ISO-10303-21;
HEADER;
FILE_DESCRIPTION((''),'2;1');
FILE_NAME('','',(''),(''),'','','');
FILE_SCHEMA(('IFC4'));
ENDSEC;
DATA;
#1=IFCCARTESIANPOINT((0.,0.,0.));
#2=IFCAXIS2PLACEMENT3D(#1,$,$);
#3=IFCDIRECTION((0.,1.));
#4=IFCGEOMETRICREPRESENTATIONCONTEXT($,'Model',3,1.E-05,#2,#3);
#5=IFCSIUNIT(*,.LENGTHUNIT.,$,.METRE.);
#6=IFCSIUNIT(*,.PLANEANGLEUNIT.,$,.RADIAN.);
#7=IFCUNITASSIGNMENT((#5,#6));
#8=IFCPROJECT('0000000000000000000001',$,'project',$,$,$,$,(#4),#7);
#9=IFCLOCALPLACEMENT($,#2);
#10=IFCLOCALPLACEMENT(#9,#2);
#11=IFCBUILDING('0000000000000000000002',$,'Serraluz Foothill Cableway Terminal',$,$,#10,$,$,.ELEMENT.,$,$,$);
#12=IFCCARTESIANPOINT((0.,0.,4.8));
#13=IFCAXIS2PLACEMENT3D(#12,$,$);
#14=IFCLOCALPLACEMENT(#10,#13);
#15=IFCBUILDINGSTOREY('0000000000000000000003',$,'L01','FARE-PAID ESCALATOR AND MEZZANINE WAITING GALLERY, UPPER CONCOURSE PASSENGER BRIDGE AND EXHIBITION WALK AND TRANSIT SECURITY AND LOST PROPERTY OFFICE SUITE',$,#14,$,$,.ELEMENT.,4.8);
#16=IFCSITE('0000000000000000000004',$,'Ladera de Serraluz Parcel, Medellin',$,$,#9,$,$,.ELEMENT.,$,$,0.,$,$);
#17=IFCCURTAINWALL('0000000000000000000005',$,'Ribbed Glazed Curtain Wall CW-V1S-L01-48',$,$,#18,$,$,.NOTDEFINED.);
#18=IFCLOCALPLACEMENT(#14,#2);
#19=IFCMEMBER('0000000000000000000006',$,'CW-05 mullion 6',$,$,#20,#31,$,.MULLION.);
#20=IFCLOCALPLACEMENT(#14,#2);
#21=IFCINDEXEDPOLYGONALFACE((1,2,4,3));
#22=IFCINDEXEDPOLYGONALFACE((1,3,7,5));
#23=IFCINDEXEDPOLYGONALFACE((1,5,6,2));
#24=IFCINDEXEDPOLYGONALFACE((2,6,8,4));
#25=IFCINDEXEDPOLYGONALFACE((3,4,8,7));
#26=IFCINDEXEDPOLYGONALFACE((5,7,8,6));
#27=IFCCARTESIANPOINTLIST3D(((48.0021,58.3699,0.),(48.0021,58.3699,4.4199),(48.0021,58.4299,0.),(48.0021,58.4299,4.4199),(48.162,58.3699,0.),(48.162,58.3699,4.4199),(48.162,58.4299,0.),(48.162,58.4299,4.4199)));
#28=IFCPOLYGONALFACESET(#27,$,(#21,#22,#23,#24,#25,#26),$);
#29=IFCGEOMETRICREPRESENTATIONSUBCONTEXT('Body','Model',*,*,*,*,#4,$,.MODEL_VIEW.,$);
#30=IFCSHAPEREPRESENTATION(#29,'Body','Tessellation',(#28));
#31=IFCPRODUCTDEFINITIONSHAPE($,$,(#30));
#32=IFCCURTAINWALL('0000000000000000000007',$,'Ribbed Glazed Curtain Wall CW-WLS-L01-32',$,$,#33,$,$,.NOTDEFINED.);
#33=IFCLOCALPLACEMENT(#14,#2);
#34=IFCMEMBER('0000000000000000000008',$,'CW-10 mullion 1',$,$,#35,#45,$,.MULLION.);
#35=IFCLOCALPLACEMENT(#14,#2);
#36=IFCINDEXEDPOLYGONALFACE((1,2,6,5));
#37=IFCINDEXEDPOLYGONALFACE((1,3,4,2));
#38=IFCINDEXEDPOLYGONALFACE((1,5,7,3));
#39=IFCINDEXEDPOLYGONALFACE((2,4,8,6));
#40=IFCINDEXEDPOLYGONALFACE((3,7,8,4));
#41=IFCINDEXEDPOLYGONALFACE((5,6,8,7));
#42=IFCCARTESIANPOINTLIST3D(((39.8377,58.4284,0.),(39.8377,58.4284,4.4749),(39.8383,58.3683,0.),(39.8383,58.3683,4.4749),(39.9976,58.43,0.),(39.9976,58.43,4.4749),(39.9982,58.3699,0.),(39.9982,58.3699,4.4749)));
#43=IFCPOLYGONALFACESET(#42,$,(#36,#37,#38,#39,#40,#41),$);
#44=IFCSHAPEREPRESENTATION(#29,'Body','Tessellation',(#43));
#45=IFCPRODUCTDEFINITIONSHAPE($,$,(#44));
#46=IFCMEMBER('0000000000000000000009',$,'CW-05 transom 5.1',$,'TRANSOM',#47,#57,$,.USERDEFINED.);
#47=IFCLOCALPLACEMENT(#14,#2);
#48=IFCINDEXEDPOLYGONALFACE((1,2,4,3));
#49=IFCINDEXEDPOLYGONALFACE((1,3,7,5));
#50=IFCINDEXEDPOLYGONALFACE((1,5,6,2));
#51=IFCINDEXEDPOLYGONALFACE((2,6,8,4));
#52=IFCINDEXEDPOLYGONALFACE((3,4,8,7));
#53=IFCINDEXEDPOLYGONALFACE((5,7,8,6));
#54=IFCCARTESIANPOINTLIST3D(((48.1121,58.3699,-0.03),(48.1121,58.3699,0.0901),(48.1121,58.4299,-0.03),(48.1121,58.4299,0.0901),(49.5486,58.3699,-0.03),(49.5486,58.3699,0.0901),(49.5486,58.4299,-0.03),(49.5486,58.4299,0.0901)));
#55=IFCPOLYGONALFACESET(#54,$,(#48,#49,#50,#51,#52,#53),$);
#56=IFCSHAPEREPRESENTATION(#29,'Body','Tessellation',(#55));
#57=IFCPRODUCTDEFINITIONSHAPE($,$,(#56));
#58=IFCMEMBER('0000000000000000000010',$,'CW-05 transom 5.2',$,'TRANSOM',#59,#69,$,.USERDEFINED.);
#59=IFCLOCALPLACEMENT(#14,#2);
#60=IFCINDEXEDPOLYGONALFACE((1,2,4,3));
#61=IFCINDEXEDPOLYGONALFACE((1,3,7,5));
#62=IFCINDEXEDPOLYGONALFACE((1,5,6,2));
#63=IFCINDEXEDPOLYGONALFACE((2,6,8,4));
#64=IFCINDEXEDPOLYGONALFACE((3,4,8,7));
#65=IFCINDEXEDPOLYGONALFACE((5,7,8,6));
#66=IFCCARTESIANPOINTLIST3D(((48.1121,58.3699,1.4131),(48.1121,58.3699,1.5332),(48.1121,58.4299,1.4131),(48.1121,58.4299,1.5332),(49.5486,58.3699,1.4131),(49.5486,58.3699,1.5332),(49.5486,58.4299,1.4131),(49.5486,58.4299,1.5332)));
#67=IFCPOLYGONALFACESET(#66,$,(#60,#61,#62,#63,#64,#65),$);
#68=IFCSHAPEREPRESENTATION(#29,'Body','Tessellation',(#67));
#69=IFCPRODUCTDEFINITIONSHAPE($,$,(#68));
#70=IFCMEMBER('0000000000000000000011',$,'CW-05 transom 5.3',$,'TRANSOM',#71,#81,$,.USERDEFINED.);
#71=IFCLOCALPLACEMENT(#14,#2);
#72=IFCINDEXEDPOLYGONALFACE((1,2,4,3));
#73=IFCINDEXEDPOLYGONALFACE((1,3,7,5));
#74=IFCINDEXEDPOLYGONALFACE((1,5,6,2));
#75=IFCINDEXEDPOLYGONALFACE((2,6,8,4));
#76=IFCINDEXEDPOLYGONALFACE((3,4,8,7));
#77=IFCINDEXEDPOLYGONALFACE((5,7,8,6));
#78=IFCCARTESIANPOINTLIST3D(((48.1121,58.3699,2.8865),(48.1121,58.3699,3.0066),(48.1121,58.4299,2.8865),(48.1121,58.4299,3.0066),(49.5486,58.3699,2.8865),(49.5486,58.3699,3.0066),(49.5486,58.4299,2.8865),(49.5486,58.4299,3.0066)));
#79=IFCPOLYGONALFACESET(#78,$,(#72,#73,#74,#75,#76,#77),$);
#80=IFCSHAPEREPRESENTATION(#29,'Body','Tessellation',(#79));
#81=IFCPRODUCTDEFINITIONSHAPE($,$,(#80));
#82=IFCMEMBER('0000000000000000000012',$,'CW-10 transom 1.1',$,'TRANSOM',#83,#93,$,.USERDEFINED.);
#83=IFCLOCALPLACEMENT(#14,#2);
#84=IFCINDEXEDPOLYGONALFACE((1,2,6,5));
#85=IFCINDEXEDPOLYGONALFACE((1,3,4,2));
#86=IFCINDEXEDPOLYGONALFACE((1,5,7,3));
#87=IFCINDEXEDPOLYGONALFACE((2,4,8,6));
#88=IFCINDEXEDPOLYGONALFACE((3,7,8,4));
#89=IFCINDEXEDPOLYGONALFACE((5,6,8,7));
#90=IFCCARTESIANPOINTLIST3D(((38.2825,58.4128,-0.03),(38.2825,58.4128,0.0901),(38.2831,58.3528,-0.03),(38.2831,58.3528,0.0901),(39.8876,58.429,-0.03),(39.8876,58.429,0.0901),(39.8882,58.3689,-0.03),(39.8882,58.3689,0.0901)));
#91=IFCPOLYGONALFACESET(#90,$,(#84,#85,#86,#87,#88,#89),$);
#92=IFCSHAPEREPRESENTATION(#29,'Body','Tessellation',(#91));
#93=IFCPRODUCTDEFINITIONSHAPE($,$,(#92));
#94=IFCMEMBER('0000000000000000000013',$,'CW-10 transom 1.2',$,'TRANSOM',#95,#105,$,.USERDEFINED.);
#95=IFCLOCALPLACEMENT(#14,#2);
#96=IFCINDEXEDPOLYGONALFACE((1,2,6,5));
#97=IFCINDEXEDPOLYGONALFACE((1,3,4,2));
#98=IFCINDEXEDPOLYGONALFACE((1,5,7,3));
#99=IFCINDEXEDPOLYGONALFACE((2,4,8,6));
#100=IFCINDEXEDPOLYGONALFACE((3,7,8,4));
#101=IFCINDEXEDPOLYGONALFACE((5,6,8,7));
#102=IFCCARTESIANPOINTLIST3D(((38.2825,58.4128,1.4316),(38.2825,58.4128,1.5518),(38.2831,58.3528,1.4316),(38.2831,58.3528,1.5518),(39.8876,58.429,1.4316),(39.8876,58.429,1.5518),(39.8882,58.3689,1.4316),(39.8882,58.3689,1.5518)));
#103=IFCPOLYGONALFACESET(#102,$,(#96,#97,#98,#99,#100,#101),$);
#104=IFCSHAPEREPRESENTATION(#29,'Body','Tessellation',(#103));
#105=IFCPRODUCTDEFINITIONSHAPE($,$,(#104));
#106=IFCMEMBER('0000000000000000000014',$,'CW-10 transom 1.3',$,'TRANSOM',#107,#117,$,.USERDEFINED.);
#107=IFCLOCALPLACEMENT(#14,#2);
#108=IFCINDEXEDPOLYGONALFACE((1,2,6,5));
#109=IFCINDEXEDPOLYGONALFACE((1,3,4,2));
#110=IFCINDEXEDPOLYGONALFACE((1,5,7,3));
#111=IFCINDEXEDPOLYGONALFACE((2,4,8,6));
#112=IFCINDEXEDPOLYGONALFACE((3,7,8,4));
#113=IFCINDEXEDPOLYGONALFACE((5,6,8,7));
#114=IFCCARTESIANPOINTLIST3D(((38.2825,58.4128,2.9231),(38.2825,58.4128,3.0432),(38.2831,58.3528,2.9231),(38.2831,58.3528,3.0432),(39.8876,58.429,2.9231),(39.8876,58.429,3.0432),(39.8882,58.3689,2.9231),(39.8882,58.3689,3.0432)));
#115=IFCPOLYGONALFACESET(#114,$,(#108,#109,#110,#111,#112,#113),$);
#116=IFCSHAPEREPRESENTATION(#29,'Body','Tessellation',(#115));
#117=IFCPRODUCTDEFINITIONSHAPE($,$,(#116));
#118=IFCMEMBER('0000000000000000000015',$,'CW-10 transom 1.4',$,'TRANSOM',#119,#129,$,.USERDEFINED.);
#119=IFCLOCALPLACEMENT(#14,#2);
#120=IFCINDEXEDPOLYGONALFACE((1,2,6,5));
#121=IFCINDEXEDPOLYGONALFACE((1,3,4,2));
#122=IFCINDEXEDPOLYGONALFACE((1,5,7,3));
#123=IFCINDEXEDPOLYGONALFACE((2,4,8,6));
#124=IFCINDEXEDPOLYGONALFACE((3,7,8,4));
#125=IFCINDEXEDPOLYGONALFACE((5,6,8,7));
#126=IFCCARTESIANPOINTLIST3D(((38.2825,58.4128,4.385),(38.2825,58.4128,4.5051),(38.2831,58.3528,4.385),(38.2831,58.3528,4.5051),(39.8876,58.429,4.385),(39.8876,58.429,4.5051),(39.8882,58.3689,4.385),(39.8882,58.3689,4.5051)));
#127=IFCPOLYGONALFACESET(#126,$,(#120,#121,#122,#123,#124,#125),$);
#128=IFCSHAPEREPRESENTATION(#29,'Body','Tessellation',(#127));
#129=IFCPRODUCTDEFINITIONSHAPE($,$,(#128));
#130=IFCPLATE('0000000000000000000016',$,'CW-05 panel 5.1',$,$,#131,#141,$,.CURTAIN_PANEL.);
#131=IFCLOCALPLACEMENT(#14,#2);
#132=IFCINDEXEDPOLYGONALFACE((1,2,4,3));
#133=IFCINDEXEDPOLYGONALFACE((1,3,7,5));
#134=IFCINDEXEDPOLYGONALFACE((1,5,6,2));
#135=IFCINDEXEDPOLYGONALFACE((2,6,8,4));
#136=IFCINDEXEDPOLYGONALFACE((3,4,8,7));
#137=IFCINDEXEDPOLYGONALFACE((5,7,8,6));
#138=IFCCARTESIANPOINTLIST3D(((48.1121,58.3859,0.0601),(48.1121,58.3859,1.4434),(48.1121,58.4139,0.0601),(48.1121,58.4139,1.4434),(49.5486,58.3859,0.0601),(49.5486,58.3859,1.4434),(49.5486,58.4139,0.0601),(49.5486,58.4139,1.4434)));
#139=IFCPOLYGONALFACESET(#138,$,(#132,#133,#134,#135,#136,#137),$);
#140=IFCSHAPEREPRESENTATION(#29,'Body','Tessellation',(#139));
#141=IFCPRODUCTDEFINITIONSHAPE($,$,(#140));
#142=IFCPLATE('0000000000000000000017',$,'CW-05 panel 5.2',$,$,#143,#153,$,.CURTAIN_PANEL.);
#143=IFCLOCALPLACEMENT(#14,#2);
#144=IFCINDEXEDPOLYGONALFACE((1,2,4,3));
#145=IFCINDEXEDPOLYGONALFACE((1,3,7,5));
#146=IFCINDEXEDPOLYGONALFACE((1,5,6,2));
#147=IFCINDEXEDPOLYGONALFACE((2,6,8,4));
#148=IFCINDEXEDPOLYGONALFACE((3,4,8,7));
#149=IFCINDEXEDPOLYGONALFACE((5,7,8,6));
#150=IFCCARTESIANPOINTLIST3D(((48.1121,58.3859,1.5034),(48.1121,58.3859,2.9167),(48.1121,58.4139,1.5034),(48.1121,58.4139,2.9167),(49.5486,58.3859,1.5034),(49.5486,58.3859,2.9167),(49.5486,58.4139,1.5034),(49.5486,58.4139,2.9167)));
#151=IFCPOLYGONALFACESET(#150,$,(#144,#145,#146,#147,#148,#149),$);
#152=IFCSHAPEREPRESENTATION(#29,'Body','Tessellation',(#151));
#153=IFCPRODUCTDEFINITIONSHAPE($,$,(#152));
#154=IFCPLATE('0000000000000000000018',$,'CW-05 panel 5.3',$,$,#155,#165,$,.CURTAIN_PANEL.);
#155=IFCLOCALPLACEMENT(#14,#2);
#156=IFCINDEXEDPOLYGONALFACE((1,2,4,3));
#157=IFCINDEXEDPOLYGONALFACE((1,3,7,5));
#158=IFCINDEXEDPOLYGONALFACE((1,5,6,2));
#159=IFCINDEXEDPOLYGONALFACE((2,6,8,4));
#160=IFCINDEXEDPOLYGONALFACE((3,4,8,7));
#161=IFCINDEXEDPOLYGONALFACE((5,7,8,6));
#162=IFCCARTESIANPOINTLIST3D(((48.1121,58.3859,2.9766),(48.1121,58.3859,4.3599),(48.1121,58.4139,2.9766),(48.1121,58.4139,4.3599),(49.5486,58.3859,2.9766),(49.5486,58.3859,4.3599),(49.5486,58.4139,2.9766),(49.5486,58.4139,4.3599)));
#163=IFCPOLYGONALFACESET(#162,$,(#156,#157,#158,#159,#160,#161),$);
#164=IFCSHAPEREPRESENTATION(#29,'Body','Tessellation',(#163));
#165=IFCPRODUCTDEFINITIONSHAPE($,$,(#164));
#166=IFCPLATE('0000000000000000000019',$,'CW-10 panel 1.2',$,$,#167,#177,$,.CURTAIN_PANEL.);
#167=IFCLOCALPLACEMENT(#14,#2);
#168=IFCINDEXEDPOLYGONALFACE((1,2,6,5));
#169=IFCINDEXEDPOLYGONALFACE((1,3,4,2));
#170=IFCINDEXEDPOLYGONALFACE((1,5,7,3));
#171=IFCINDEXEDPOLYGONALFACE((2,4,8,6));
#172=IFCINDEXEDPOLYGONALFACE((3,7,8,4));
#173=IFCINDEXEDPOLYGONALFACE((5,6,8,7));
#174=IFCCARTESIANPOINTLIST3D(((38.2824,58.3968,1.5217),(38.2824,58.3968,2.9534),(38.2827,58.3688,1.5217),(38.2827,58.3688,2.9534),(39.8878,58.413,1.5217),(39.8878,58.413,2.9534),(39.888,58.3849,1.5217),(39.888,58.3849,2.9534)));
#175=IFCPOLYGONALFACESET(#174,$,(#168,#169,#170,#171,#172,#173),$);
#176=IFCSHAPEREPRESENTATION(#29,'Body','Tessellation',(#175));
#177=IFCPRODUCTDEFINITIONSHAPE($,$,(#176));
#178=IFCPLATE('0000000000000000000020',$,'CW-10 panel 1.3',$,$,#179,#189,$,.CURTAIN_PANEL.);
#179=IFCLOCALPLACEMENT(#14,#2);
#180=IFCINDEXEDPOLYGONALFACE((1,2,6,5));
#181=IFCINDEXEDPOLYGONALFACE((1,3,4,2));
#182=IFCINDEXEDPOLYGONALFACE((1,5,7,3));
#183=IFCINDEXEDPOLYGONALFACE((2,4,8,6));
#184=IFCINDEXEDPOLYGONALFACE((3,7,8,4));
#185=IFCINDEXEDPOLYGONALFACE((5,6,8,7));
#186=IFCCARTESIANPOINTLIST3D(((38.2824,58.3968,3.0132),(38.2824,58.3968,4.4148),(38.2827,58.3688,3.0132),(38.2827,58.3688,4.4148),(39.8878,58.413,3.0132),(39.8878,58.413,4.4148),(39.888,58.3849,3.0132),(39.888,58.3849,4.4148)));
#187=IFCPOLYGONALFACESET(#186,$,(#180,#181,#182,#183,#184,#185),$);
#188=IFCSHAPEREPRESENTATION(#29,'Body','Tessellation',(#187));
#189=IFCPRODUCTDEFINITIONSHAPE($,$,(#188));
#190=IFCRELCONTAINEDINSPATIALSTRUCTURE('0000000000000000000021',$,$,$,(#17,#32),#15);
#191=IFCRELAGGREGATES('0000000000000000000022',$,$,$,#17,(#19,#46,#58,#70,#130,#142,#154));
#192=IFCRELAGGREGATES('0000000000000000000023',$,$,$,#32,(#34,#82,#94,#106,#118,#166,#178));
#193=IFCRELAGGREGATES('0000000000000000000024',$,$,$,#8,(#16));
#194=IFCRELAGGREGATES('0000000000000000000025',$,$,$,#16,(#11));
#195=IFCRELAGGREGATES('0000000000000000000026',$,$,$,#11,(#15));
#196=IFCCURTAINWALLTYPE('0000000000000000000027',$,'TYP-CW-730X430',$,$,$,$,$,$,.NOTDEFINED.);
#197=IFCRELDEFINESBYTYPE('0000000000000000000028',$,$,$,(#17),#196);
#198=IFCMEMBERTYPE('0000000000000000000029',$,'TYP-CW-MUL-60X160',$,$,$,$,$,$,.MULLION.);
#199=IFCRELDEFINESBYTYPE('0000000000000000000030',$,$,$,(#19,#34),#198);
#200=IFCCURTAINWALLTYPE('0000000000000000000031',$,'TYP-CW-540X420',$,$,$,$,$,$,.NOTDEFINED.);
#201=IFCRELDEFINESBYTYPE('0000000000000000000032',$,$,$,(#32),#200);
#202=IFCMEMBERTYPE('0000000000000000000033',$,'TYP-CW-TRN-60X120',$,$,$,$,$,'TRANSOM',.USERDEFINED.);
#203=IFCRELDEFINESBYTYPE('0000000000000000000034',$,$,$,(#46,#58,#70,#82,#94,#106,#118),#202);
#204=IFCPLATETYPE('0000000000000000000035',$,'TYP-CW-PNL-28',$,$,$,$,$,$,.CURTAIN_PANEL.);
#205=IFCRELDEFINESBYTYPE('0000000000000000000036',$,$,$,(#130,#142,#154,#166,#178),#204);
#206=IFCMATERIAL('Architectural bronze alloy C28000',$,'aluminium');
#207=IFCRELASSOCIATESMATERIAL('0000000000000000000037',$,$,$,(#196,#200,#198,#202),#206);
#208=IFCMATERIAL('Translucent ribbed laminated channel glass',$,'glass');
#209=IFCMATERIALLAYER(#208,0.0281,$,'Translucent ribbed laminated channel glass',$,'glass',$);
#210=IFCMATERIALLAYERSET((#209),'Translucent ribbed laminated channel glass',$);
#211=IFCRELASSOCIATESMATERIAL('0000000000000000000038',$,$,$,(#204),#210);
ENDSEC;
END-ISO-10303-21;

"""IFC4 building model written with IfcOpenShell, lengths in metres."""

from ifc_helpers import new_model, si_unit, direction, frame, origin, origin_2d, place, context, subcontext, project, spatial, rectangle, extrude, material, layer, layer_set, material_profile, profile_set, type_object, element, aggregate, save


model = new_model("IFC4")

# Units and contexts
model_context = context("Model", 3, precision=1e-05, world=origin(), true_north=direction((0.0, 1.0)))
body_context = subcontext(model_context, "Body", "Model", "MODEL_VIEW")
ifc_project = project(units=[si_unit("LENGTHUNIT", "METRE"), si_unit("PLANEANGLEUNIT", "RADIAN")], contexts=[model_context])

# Site, building, storey
site_placement = place(None, origin())
site = spatial("IfcSite", under=ifc_project, at=site_placement, Name="Ladera de Serraluz Parcel, Medellin", CompositionType="ELEMENT", RefElevation=0.0)
building_placement = place(site_placement, origin())
building = spatial("IfcBuilding", under=site, at=building_placement, Name="Serraluz Foothill Cableway Terminal", CompositionType="ELEMENT")
storey_placement = place(building_placement, frame((0.0, 0.0, 4.8)))
storey = spatial("IfcBuildingStorey", under=building, at=storey_placement, Name="L01", Description="FARE-PAID ESCALATOR AND MEZZANINE WAITING GALLERY, UPPER CONCOURSE PASSENGER BRIDGE AND EXHIBITION WALK AND TRANSIT SECURITY AND LOST PROPERTY OFFICE SUITE", CompositionType="ELEMENT", Elevation=4.8)

# Curtain walls, members
ifc_material_1 = material(Name="Architectural bronze alloy C28000", Category="aluminium")
curtain_wall_type_1 = type_object("IfcCurtainWallType", Name="TYP-CW-730X430", PredefinedType="NOTDEFINED", material=ifc_material_1)
curtain_wall_1_placement = place(storey_placement, origin())
curtain_wall_1 = element("IfcCurtainWall", 1, at=curtain_wall_1_placement, inside=storey, type_object=curtain_wall_type_1, Name="Ribbed Glazed Curtain Wall CW-V1S-L01-48", PredefinedType="NOTDEFINED")
ifc_material_profile_1 = material_profile(ifc_material_1, rectangle(XDim=0.0601, YDim=0.1599, at=origin_2d()), Name="ALU MULLION 60x160")
ifc_profile_set_1 = profile_set([ifc_material_profile_1], Name="Architectural bronze alloy C28000")
member_type_1 = type_object("IfcMemberType", Name="TYP-CW-MUL-60X160", PredefinedType="MULLION", material=ifc_profile_set_1)
member_1_placement = place(storey_placement, frame((48.082, 58.3999, 0.0), z_axis=(0.0, 0.0, 1.0), x_axis=(0.0, -1.0, 0.0)))
member_1 = element("IfcMember", 2, at=member_1_placement, type_object=member_type_1, Name="CW-05 mullion 6", PredefinedType="MULLION", context=body_context, shape_type="SweptSolid", body=[
    extrude(rectangle(XDim=0.0601, YDim=0.1599, at=origin_2d()), origin(), (0.0, 0.0, 1.0), 4.4199),
])
curtain_wall_type_2 = type_object("IfcCurtainWallType", Name="TYP-CW-540X420", PredefinedType="NOTDEFINED", material=ifc_material_1)
curtain_wall_2_placement = place(storey_placement, origin())
curtain_wall_2 = element("IfcCurtainWall", 3, at=curtain_wall_2_placement, inside=storey, type_object=curtain_wall_type_2, Name="Ribbed Glazed Curtain Wall CW-WLS-L01-32", PredefinedType="NOTDEFINED")
member_2_placement = place(storey_placement, frame((39.918, 58.3992, 0.0), z_axis=(0.0, 0.0, 1.0), x_axis=(0.010066, -0.999949, 0.0)))
member_2 = element("IfcMember", 4, at=member_2_placement, type_object=member_type_1, Name="CW-10 mullion 1", PredefinedType="MULLION", context=body_context, shape_type="SweptSolid", body=[
    extrude(rectangle(XDim=0.0601, YDim=0.1599, at=origin_2d()), origin(), (0.0, 0.0, 1.0), 4.4749),
])

# Members
ifc_material_profile_2 = material_profile(ifc_material_1, rectangle(XDim=0.0601, YDim=0.1201, at=origin_2d()), Name="ALU TRANSOM 60x120")
ifc_profile_set_2 = profile_set([ifc_material_profile_2], Name="Architectural bronze alloy C28000")
member_type_2 = type_object("IfcMemberType", Name="TYP-CW-TRN-60X120", ElementType="TRANSOM", PredefinedType="USERDEFINED", material=ifc_profile_set_2)
member_3_placement = place(storey_placement, frame((49.5486, 58.3999, 0.03), z_axis=(-1.0, 0.0, 0.0), x_axis=(0.0, -1.0, 0.0)))
member_3 = element("IfcMember", 5, at=member_3_placement, type_object=member_type_2, Name="CW-05 transom 5.1", ObjectType="TRANSOM", PredefinedType="USERDEFINED", context=body_context, shape_type="SweptSolid", body=[
    extrude(rectangle(XDim=0.0601, YDim=0.1201, at=origin_2d()), origin(), (0.0, 0.0, 1.0), 1.4365),
])
member_4_placement = place(storey_placement, frame((49.5486, 58.3999, 1.4731), z_axis=(-1.0, 0.0, 0.0), x_axis=(0.0, -1.0, 0.0)))
member_4 = element("IfcMember", 6, at=member_4_placement, type_object=member_type_2, Name="CW-05 transom 5.2", ObjectType="TRANSOM", PredefinedType="USERDEFINED", context=body_context, shape_type="SweptSolid", body=[
    extrude(rectangle(XDim=0.0601, YDim=0.1201, at=origin_2d()), origin(), (0.0, 0.0, 1.0), 1.4365),
])
member_5_placement = place(storey_placement, frame((49.5486, 58.3999, 2.9465), z_axis=(-1.0, 0.0, 0.0), x_axis=(0.0, -1.0, 0.0)))
member_5 = element("IfcMember", 7, at=member_5_placement, type_object=member_type_2, Name="CW-05 transom 5.3", ObjectType="TRANSOM", PredefinedType="USERDEFINED", context=body_context, shape_type="SweptSolid", body=[
    extrude(rectangle(XDim=0.0601, YDim=0.1201, at=origin_2d()), origin(), (0.0, 0.0, 1.0), 1.4365),
])
member_6_placement = place(storey_placement, frame((39.8879, 58.3989, 0.03), z_axis=(-0.99995, -0.010038, 0.0), x_axis=(0.010038, -0.99995, 0.0)))
member_6 = element("IfcMember", 8, at=member_6_placement, type_object=member_type_2, Name="CW-10 transom 1.1", ObjectType="TRANSOM", PredefinedType="USERDEFINED", context=body_context, shape_type="SweptSolid", body=[
    extrude(rectangle(XDim=0.0601, YDim=0.1201, at=origin_2d()), origin(), (0.0, 0.0, 1.0), 1.6052),
])
member_7_placement = place(storey_placement, frame((39.8879, 58.3989, 1.4917), z_axis=(-0.99995, -0.010038, 0.0), x_axis=(0.010038, -0.99995, 0.0)))
member_7 = element("IfcMember", 9, at=member_7_placement, type_object=member_type_2, Name="CW-10 transom 1.2", ObjectType="TRANSOM", PredefinedType="USERDEFINED", context=body_context, shape_type="SweptSolid", body=[
    extrude(rectangle(XDim=0.0601, YDim=0.1201, at=origin_2d()), origin(), (0.0, 0.0, 1.0), 1.6052),
])
member_8_placement = place(storey_placement, frame((39.8879, 58.3989, 2.9832), z_axis=(-0.99995, -0.010038, 0.0), x_axis=(0.010038, -0.99995, 0.0)))
member_8 = element("IfcMember", 10, at=member_8_placement, type_object=member_type_2, Name="CW-10 transom 1.3", ObjectType="TRANSOM", PredefinedType="USERDEFINED", context=body_context, shape_type="SweptSolid", body=[
    extrude(rectangle(XDim=0.0601, YDim=0.1201, at=origin_2d()), origin(), (0.0, 0.0, 1.0), 1.6052),
])
member_9_placement = place(storey_placement, frame((39.8879, 58.3989, 4.4451), z_axis=(-0.99995, -0.010038, 0.0), x_axis=(0.010038, -0.99995, 0.0)))
member_9 = element("IfcMember", 11, at=member_9_placement, type_object=member_type_2, Name="CW-10 transom 1.4", ObjectType="TRANSOM", PredefinedType="USERDEFINED", context=body_context, shape_type="SweptSolid", body=[
    extrude(rectangle(XDim=0.0601, YDim=0.1201, at=origin_2d()), origin(), (0.0, 0.0, 1.0), 1.6052),
])

# Plates
ifc_material_2 = material(Name="Translucent ribbed laminated channel glass", Category="glass")
ifc_layer_1 = layer(ifc_material_2, 0.0281, Name="Translucent ribbed laminated channel glass", Category="glass")
ifc_layer_set_1 = layer_set([ifc_layer_1], Name="Translucent ribbed laminated channel glass")
plate_type = type_object("IfcPlateType", Name="TYP-CW-PNL-28", PredefinedType="CURTAIN_PANEL", material=ifc_layer_set_1)
plate_1_placement = place(storey_placement, frame((48.8303, 58.3999, 0.0601), z_axis=(0.0, 0.0, 1.0), x_axis=(-1.0, 0.0, 0.0)))
plate_1 = element("IfcPlate", 12, at=plate_1_placement, type_object=plate_type, Name="CW-05 panel 5.1", PredefinedType="CURTAIN_PANEL", context=body_context, shape_type="SweptSolid", body=[
    extrude(rectangle(XDim=1.4365, YDim=0.0281, at=origin_2d()), origin(), (0.0, 0.0, 1.0), 1.3833),
])
plate_2_placement = place(storey_placement, frame((48.8303, 58.3999, 1.5034), z_axis=(0.0, 0.0, 1.0), x_axis=(-1.0, 0.0, 0.0)))
plate_2 = element("IfcPlate", 13, at=plate_2_placement, type_object=plate_type, Name="CW-05 panel 5.2", PredefinedType="CURTAIN_PANEL", context=body_context, shape_type="SweptSolid", body=[
    extrude(rectangle(XDim=1.4365, YDim=0.0281, at=origin_2d()), origin(), (0.0, 0.0, 1.0), 1.4133),
])
plate_3_placement = place(storey_placement, frame((48.8303, 58.3999, 2.9766), z_axis=(0.0, 0.0, 1.0), x_axis=(-1.0, 0.0, 0.0)))
plate_3 = element("IfcPlate", 14, at=plate_3_placement, type_object=plate_type, Name="CW-05 panel 5.3", PredefinedType="CURTAIN_PANEL", context=body_context, shape_type="SweptSolid", body=[
    extrude(rectangle(XDim=1.4365, YDim=0.0281, at=origin_2d()), origin(), (0.0, 0.0, 1.0), 1.3833),
])
aggregate(curtain_wall_1, [member_1, member_3, member_4, member_5, plate_1, plate_2, plate_3])
plate_4_placement = place(storey_placement, frame((39.0852, 58.3909, 1.5217), z_axis=(0.0, 0.0, 1.0), x_axis=(-0.999949, -0.010066, 0.0)))
plate_4 = element("IfcPlate", 15, at=plate_4_placement, type_object=plate_type, Name="CW-10 panel 1.2", PredefinedType="CURTAIN_PANEL", context=body_context, shape_type="SweptSolid", body=[
    extrude(rectangle(XDim=1.6055, YDim=0.0281, at=origin_2d()), origin(), (0.0, 0.0, 1.0), 1.4316),
])
plate_5_placement = place(storey_placement, frame((39.0852, 58.3909, 3.0132), z_axis=(0.0, 0.0, 1.0), x_axis=(-0.999949, -0.010066, 0.0)))
plate_5 = element("IfcPlate", 16, at=plate_5_placement, type_object=plate_type, Name="CW-10 panel 1.3", PredefinedType="CURTAIN_PANEL", context=body_context, shape_type="SweptSolid", body=[
    extrude(rectangle(XDim=1.6055, YDim=0.0281, at=origin_2d()), origin(), (0.0, 0.0, 1.0), 1.4016),
])
aggregate(curtain_wall_2, [member_2, member_6, member_7, member_8, member_9, plate_4, plate_5])

save(model, "model.ifc")
